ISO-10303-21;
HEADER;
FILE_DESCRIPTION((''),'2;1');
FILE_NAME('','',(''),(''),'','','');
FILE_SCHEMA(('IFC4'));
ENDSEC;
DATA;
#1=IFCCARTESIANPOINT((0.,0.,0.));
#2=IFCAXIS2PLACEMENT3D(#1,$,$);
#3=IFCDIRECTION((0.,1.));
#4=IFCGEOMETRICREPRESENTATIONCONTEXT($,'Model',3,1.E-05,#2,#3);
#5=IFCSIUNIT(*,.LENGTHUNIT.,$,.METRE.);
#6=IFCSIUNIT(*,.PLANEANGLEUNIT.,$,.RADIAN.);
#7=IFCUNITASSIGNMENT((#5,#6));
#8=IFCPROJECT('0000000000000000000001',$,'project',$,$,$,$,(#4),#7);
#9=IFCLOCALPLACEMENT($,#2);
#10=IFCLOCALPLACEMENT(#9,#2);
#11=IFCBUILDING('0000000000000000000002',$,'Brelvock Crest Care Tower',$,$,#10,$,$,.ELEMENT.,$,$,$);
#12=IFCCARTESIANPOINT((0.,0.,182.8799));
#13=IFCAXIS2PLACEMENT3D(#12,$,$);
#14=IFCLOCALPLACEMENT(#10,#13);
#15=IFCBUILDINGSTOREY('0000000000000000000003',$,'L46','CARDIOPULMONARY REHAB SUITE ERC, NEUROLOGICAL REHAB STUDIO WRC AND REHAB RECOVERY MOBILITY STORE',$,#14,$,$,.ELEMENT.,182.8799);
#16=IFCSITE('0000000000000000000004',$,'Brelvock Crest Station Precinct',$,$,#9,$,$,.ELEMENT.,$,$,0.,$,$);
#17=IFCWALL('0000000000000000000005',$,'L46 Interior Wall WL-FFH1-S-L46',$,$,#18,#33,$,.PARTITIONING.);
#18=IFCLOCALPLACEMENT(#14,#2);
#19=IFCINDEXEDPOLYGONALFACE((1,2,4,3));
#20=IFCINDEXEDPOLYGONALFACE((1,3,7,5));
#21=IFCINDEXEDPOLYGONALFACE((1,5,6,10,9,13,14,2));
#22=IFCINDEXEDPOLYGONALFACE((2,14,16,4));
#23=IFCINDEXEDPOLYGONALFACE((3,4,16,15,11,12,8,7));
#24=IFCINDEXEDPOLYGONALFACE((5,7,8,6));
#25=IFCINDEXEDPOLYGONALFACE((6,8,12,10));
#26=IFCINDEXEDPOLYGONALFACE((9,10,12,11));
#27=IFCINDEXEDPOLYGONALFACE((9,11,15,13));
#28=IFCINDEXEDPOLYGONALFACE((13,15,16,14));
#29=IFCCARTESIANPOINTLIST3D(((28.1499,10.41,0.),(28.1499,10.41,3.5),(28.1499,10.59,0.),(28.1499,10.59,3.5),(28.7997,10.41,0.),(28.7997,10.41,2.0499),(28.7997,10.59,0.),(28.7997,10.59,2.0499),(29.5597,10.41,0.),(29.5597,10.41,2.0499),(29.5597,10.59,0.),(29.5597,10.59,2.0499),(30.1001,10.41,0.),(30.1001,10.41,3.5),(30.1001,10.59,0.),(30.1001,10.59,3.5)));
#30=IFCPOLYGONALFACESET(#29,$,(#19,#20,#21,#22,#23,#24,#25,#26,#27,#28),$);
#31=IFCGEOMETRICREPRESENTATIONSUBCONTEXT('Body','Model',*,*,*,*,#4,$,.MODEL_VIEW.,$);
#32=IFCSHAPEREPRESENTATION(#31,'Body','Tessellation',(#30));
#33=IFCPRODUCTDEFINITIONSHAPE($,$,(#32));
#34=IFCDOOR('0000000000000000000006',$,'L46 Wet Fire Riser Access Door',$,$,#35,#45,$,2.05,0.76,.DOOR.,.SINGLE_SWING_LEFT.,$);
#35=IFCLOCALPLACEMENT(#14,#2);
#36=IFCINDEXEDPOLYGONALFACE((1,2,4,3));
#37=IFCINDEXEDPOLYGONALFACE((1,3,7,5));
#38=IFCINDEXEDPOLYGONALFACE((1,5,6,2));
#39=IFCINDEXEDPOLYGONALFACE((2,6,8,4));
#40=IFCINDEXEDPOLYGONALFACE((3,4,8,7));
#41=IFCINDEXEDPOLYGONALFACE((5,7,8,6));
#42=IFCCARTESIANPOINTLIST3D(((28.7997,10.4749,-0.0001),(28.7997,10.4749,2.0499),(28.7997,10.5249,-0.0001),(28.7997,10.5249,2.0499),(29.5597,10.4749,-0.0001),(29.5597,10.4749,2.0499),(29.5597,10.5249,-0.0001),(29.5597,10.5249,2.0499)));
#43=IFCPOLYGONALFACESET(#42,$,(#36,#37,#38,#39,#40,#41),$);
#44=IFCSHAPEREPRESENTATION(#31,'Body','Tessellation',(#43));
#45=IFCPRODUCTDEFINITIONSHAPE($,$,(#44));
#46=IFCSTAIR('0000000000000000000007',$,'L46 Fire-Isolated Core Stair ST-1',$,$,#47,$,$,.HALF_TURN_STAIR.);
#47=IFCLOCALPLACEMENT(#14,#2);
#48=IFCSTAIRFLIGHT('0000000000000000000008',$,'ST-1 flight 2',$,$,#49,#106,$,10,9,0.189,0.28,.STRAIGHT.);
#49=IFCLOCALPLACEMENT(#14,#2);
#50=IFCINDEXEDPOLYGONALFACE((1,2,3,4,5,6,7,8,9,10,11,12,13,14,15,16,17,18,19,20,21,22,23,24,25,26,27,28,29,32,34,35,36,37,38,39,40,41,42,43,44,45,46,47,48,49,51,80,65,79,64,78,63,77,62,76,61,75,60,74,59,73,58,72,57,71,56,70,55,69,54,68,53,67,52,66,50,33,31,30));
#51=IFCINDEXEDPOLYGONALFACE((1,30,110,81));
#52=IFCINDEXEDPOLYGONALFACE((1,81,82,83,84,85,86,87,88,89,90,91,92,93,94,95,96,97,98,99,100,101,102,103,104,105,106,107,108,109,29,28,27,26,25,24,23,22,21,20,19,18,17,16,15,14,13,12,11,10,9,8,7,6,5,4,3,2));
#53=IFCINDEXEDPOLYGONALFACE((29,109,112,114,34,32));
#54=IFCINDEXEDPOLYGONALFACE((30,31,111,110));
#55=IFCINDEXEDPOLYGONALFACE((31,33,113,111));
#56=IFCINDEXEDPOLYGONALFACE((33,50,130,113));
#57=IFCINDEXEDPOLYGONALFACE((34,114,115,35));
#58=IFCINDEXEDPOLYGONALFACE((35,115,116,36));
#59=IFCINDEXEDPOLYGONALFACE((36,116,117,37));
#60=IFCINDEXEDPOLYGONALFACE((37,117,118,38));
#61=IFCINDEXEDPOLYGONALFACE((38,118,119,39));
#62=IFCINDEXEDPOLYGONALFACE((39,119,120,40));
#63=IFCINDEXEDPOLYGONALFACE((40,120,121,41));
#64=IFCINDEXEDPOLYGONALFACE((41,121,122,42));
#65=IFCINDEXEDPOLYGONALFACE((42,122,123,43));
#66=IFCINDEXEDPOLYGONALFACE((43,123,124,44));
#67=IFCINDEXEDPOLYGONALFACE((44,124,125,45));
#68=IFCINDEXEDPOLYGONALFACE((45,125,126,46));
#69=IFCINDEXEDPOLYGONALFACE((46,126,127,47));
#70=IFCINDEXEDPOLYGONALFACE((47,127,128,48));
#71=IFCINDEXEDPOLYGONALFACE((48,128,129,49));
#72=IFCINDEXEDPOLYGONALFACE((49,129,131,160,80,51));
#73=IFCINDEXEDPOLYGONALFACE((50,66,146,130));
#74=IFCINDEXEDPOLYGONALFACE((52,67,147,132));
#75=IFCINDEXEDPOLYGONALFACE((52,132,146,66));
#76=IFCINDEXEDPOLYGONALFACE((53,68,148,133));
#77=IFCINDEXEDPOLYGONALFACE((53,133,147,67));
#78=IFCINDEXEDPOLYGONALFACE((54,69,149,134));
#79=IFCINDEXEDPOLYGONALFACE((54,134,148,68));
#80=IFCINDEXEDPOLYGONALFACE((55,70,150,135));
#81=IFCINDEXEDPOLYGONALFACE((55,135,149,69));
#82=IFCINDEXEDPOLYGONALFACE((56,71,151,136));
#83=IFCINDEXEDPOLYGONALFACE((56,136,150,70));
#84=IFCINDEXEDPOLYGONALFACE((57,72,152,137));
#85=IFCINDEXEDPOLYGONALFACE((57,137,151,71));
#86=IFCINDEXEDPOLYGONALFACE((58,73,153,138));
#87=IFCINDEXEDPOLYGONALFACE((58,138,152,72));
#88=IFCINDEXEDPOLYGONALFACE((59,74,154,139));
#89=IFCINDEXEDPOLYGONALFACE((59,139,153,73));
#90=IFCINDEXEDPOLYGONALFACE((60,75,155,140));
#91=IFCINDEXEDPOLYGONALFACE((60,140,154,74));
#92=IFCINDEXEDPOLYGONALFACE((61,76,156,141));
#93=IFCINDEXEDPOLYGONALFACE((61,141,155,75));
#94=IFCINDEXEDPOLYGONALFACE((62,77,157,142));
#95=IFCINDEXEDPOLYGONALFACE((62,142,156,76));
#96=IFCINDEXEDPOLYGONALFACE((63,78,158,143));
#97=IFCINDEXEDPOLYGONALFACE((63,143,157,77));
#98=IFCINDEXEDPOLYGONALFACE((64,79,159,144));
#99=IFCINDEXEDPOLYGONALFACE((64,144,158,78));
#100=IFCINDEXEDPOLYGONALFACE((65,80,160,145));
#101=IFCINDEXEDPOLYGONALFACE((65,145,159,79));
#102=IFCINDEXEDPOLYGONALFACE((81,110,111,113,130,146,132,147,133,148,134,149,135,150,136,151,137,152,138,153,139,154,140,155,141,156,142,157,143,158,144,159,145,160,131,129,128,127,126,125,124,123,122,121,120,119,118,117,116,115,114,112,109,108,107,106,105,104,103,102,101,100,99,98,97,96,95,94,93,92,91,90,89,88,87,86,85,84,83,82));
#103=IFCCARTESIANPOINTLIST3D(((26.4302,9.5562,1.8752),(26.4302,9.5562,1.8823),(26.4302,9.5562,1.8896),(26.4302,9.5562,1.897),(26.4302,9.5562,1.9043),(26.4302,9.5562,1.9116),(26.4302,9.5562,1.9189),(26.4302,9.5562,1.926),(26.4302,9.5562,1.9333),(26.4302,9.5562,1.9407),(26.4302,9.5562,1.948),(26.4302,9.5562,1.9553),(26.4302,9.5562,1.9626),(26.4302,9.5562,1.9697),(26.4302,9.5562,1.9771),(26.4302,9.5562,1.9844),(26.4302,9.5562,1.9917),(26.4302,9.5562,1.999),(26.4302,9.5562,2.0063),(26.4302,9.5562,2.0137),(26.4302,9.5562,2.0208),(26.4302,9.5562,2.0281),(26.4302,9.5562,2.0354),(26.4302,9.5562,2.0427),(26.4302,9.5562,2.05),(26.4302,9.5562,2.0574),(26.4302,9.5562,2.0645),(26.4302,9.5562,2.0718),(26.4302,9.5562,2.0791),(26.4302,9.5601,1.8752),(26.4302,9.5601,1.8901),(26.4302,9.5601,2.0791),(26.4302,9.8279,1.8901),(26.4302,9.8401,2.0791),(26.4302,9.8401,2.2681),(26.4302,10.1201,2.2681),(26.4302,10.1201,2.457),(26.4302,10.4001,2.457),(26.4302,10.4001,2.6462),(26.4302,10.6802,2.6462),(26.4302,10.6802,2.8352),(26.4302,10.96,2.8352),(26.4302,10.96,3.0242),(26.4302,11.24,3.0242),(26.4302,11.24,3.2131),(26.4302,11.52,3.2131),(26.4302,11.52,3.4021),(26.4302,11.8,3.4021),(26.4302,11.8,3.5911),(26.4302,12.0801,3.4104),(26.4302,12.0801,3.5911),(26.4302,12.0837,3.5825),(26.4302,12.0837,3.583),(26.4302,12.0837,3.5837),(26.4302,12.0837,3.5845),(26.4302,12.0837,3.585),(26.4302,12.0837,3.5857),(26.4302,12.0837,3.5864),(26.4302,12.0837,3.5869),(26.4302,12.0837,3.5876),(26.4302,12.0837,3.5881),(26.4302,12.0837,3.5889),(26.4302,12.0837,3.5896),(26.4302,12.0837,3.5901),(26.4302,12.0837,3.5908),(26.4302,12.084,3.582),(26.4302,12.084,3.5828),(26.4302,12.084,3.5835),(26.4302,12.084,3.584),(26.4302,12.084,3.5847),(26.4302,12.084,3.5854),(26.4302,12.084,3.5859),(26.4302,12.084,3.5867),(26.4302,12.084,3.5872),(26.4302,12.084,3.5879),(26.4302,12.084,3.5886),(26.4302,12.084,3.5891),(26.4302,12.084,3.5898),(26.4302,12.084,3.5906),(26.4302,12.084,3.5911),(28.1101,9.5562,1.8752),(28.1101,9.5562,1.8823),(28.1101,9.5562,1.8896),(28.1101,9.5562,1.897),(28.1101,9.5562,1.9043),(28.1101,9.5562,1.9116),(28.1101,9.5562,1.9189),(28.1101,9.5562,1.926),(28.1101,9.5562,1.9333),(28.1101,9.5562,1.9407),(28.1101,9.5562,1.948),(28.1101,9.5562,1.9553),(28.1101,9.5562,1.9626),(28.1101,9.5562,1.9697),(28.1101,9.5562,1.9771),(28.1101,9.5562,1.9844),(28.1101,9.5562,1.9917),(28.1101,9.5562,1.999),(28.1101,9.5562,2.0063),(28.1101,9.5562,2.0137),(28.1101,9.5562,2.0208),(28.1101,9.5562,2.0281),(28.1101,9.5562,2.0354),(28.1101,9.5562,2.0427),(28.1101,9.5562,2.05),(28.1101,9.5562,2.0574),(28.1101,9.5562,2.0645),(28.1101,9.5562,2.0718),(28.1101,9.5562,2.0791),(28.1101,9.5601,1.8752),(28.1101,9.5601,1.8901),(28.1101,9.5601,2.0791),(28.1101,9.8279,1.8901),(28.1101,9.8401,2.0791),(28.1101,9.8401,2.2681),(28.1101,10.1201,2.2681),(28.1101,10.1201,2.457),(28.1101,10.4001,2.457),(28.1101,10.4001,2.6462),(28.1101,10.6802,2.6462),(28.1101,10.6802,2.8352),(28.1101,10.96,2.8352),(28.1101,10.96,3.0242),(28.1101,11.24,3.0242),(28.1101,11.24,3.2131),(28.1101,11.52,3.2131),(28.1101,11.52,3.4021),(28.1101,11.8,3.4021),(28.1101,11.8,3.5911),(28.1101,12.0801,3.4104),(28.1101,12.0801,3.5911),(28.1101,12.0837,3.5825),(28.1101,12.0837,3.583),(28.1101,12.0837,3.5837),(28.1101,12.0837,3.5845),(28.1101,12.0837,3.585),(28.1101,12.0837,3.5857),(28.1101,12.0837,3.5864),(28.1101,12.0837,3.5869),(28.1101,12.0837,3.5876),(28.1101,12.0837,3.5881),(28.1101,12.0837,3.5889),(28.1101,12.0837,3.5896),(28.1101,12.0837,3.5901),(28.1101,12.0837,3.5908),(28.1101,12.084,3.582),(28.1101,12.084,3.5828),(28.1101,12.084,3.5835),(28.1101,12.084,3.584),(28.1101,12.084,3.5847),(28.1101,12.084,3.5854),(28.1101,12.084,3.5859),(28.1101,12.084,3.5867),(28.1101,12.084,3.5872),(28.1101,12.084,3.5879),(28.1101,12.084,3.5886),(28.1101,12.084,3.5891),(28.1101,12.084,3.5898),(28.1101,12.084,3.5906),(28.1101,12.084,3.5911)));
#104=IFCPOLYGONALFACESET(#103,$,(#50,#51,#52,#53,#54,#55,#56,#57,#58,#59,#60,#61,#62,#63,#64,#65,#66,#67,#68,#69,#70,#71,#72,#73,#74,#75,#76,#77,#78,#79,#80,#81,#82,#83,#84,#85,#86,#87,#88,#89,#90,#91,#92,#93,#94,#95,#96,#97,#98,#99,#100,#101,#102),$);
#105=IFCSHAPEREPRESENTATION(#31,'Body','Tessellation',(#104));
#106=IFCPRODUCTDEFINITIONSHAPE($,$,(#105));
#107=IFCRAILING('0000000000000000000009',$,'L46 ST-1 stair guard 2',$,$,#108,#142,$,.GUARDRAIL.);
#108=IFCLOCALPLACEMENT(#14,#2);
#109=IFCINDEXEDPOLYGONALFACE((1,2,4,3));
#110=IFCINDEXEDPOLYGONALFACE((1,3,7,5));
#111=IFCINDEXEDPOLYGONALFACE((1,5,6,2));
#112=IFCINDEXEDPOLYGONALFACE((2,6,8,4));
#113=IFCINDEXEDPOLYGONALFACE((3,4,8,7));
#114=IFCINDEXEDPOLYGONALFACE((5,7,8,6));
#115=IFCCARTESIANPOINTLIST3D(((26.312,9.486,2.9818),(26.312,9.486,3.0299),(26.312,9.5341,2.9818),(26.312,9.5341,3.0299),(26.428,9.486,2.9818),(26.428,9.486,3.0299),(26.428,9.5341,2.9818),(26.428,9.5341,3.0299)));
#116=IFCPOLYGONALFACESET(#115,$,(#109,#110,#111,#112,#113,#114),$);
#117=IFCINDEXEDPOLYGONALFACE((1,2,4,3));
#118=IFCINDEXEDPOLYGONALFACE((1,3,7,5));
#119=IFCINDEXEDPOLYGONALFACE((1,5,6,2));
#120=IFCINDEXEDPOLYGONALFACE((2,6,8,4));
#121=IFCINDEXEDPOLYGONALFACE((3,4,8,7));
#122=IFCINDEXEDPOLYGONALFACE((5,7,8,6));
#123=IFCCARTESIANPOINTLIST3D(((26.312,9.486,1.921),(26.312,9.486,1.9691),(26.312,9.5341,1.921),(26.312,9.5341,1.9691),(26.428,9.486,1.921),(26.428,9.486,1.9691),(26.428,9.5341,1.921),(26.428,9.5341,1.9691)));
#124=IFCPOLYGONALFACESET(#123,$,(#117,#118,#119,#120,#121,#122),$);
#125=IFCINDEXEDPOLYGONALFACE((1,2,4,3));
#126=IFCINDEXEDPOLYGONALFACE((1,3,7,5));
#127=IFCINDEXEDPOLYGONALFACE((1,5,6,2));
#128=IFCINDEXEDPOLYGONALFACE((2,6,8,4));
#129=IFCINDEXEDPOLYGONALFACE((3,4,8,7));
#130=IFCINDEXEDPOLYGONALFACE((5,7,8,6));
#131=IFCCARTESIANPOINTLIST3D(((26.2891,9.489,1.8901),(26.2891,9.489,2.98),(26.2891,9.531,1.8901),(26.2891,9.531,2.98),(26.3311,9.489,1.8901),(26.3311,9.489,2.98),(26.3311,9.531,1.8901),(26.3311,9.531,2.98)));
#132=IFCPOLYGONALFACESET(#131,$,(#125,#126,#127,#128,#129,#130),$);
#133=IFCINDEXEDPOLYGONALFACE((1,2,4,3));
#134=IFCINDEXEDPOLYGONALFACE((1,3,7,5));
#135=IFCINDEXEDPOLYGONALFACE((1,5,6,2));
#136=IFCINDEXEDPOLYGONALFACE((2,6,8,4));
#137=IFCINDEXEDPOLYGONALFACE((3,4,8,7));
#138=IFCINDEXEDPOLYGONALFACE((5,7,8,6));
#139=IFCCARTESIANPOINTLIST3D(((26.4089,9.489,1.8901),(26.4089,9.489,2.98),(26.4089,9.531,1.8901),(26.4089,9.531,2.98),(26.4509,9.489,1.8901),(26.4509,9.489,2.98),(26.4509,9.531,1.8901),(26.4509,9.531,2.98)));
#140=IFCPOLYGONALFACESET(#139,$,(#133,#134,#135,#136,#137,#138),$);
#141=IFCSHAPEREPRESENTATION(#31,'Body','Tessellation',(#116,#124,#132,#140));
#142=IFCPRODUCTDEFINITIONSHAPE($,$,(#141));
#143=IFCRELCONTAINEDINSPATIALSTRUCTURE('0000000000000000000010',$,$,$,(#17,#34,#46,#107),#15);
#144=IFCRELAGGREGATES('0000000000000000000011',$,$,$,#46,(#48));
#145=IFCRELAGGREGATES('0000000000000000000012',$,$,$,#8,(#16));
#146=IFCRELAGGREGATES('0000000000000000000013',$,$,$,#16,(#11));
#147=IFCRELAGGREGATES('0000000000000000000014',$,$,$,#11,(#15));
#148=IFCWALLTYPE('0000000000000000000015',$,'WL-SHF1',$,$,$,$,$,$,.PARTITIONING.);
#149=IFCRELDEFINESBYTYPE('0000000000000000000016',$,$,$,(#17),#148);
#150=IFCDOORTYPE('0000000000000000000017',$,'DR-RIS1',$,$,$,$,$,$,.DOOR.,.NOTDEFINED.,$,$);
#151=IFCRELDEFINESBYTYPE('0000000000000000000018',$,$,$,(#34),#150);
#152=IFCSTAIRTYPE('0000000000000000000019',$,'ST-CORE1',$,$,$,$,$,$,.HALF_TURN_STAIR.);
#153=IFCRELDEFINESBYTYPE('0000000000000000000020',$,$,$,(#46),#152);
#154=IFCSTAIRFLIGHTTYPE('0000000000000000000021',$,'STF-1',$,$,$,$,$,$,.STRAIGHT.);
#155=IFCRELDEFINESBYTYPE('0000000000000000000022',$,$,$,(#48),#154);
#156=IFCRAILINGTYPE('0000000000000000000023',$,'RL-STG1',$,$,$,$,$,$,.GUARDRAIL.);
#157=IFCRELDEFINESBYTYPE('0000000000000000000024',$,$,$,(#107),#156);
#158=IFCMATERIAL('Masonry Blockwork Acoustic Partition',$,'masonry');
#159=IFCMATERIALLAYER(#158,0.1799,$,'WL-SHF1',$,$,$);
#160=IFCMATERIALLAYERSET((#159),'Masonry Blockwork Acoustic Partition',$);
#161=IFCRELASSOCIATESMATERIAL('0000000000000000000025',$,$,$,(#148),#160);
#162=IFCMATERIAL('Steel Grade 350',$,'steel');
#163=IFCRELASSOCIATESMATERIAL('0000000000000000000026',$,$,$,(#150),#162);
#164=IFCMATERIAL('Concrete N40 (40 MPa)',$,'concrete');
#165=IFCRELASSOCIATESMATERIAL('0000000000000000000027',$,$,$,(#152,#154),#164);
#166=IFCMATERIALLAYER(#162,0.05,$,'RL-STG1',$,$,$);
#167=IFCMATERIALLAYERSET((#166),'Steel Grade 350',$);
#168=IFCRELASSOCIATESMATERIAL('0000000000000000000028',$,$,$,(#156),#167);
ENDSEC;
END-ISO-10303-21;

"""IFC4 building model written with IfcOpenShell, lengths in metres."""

from ifc_helpers import new_model, si_unit, direction, frame, frame_2d, origin, origin_2d, place, context, subcontext, project, spatial, polyline, rectangle, outline, extrude, source, transform, mapped, material, layer, layer_set, type_object, element, fill, aggregate, save


model = new_model("IFC4")

# Units and contexts
model_context = context("Model", 3, precision=1e-05, world=origin(), true_north=direction((0.0, 1.0)))
body_context = subcontext(model_context, "Body", "Model", "MODEL_VIEW")
ifc_project = project(units=[si_unit("LENGTHUNIT", "METRE"), si_unit("PLANEANGLEUNIT", "RADIAN")], contexts=[model_context])

# Site, building, storey
site_placement = place(None, origin())
site = spatial("IfcSite", under=ifc_project, at=site_placement, Name="Brelvock Crest Station Precinct", CompositionType="ELEMENT", RefElevation=0.0)
building_placement = place(site_placement, origin())
building = spatial("IfcBuilding", under=site, at=building_placement, Name="Brelvock Crest Care Tower", CompositionType="ELEMENT")
storey_placement = place(building_placement, frame((0.0, 0.0, 182.8799)))
storey = spatial("IfcBuildingStorey", under=building, at=storey_placement, Name="L46", Description="CARDIOPULMONARY REHAB SUITE ERC, NEUROLOGICAL REHAB STUDIO WRC AND REHAB RECOVERY MOBILITY STORE", CompositionType="ELEMENT", Elevation=182.8799)

# Shared definitions
ifc_material_1 = material(Name="Steel Grade 350", Category="steel")

# Shared definitions
ifc_material_2 = material(Name="Masonry Blockwork Acoustic Partition", Category="masonry")

# Wall, opening, door
ifc_layer_1 = layer(ifc_material_2, 0.1799, Name="WL-SHF1")
ifc_layer_set_1 = layer_set([ifc_layer_1], Name="Masonry Blockwork Acoustic Partition")
wall_type_1 = type_object("IfcWallType", Name="WL-SHF1", PredefinedType="PARTITIONING", material=ifc_layer_set_1)
wall_1_placement = place(storey_placement, frame((28.1499, 10.5, 0.0), z_axis=(0.0, 0.0, 1.0), x_axis=(1.0, 0.0, 0.0)))
wall_1 = element("IfcWall", 1, at=wall_1_placement, inside=storey, type_object=wall_type_1, Name="L46 Interior Wall WL-FFH1-S-L46", PredefinedType="PARTITIONING", context=body_context, shape_type="SweptSolid", body=[
    extrude(rectangle(XDim=1.9502, YDim=0.1799, at=frame_2d((0.9751, 0.0))), origin(), (0.0, 0.0, 1.0), 3.5),
])
opening_1_placement = place(wall_1_placement, frame((0.6499, 0.0, 0.0)))
opening_1 = element("IfcOpeningElement", 2, at=opening_1_placement, cuts=wall_1, PredefinedType="OPENING", context=body_context, shape_type="SweptSolid", body=[
    extrude(rectangle(XDim=0.76, YDim=2.05, at=origin_2d()), frame((0.3799, 0.1001, 1.0249), z_axis=(0.0, -1.0, 0.0), x_axis=(1.0, 0.0, 0.0)), (0.0, 0.0, 1.0), 0.2),
])
door_type_1 = type_object("IfcDoorType", Name="DR-RIS1", OperationType="NOTDEFINED", PredefinedType="DOOR", material=ifc_material_1)
shared_shape_1 = source(origin(), body_context, "Body", "SweptSolid", [
    extrude(rectangle(XDim=0.76, YDim=2.05, at=origin_2d()), frame((0.3799, 0.0249, 1.0249), z_axis=(0.0, -1.0, 0.0), x_axis=(1.0, 0.0, 0.0)), (0.0, 0.0, 1.0), 0.05),
])
door_1_placement = place(opening_1_placement, origin())
door_1 = element("IfcDoor", 3, at=door_1_placement, inside=storey, type_object=door_type_1, Name="L46 Wet Fire Riser Access Door", OperationType="SINGLE_SWING_LEFT", OverallHeight=2.05, OverallWidth=0.76, PredefinedType="DOOR", context=body_context, shape_type="MappedRepresentation", body=[
    mapped(shared_shape_1, transform((0.0, 0.0, 0.0), x_axis=(1.0, 0.0, 0.0), y_axis=(0.0, 1.0, 0.0), z_axis=(0.0, 0.0, 1.0), scale=1.0)),
])
fill(opening_1, door_1)

# Stair, stair flight
ifc_material_3 = material(Name="Concrete N40 (40 MPa)", Category="concrete")
stair_type = type_object("IfcStairType", Name="ST-CORE1", PredefinedType="HALF_TURN_STAIR", material=ifc_material_3)
stair_placement = place(storey_placement, origin())
stair = element("IfcStair", 4, at=stair_placement, inside=storey, type_object=stair_type, Name="L46 Fire-Isolated Core Stair ST-1", PredefinedType="HALF_TURN_STAIR")
stair_flight_type = type_object("IfcStairFlightType", Name="STF-1", PredefinedType="STRAIGHT", material=ifc_material_3)
stair_flight_placement = place(storey_placement, frame((27.27, 9.5601, 1.8901), z_axis=(0.0, 0.0, 1.0), x_axis=(0.0, 1.0, 0.0)))
stair_flight = element("IfcStairFlight", 5, at=stair_flight_placement, type_object=stair_flight_type, Name="ST-1 flight 2", NumberOfRisers=10, NumberOfTreads=9, PredefinedType="STRAIGHT", RiserHeight=0.189, TreadLength=0.28, context=body_context, shape_type="SweptSolid", body=[
    extrude(outline(polyline([(-0.0039, -0.0149), (-0.0039, -0.0078), (-0.0039, -0.0005), (-0.0039, 0.0068), (-0.0039, 0.0142), (-0.0039, 0.0215), (-0.0039, 0.0288), (-0.0039, 0.0359), (-0.0039, 0.0432), (-0.0039, 0.0505), (-0.0039, 0.0579), (-0.0039, 0.0652), (-0.0039, 0.0725), (-0.0039, 0.0796), (-0.0039, 0.0869), (-0.0039, 0.0942), (-0.0039, 0.1016), (-0.0039, 0.1089), (-0.0039, 0.1162), (-0.0039, 0.1235), (-0.0039, 0.1306), (-0.0039, 0.1379), (-0.0039, 0.1453), (-0.0039, 0.1526), (-0.0039, 0.1599), (-0.0039, 0.1672), (-0.0039, 0.1743), (-0.0039, 0.1816), (-0.0039, 0.189), (0.0, 0.189), (0.28, 0.189), (0.28, 0.3779), (0.5601, 0.3779), (0.5601, 0.5669), (0.8401, 0.5669), (0.8401, 0.7561), (1.1201, 0.7561), (1.1201, 0.9451), (1.3999, 0.9451), (1.3999, 1.134), (1.6799, 1.134), (1.6799, 1.323), (1.96, 1.323), (1.96, 1.512), (2.24, 1.512), (2.24, 1.7009), (2.52, 1.7009), (2.5239, 1.7009), (2.5237, 1.7007), (2.5239, 1.7004), (2.5237, 1.7), (2.5239, 1.6997), (2.5237, 1.6995), (2.5239, 1.699), (2.5237, 1.6987), (2.5239, 1.6985), (2.5237, 1.698), (2.5239, 1.6978), (2.5237, 1.6975), (2.5239, 1.697), (2.5237, 1.6968), (2.5239, 1.6965), (2.5237, 1.6963), (2.5239, 1.6958), (2.5237, 1.6956), (2.5239, 1.6953), (2.5237, 1.6948), (2.5239, 1.6946), (2.5237, 1.6943), (2.5239, 1.6938), (2.5237, 1.6936), (2.5239, 1.6934), (2.5237, 1.6929), (2.5239, 1.6926), (2.5237, 1.6924), (2.5239, 1.6919), (2.52, 1.5203), (0.2678, 0.0), (0.0, 0.0), (0.0, -0.0149), (-0.0039, -0.0149)])), frame((0.0, 0.8398, 0.0), z_axis=(0.0, -1.0, 0.0), x_axis=(1.0, 0.0, 0.0)), (0.0, 0.0, 1.0), 1.6799),
])
aggregate(stair, [stair_flight])

# Railing
ifc_layer_2 = layer(ifc_material_1, 0.05, Name="RL-STG1")
ifc_layer_set_2 = layer_set([ifc_layer_2], Name="Steel Grade 350")
railing_type_1 = type_object("IfcRailingType", Name="RL-STG1", PredefinedType="GUARDRAIL", material=ifc_layer_set_2)
railing_1_placement = place(storey_placement, frame((26.3101, 9.51, 1.8901)))
element("IfcRailing", 6, at=railing_1_placement, inside=storey, type_object=railing_type_1, Name="L46 ST-1 stair guard 2", PredefinedType="GUARDRAIL", context=body_context, shape_type="SweptSolid", body=[
    extrude(rectangle(XDim=0.0481, YDim=0.0481, at=origin_2d()), frame((0.002, 0.0, 1.1157), z_axis=(1.0, 0.0, 0.0), x_axis=(0.0, 1.0, 0.0)), (0.0, 0.0, 1.0), 0.116),
    extrude(rectangle(XDim=0.0481, YDim=0.0481, at=origin_2d()), frame((0.002, 0.0, 0.0549), z_axis=(1.0, 0.0, 0.0), x_axis=(0.0, 1.0, 0.0)), (0.0, 0.0, 1.0), 0.116),
    extrude(rectangle(XDim=0.042, YDim=0.042, at=origin_2d()), origin(), (0.0, 0.0, 1.0), 1.0898),
    extrude(rectangle(XDim=0.042, YDim=0.042, at=origin_2d()), frame((0.1199, 0.0, 0.0)), (0.0, 0.0, 1.0), 1.0898),
])

save(model, "model.ifc")
